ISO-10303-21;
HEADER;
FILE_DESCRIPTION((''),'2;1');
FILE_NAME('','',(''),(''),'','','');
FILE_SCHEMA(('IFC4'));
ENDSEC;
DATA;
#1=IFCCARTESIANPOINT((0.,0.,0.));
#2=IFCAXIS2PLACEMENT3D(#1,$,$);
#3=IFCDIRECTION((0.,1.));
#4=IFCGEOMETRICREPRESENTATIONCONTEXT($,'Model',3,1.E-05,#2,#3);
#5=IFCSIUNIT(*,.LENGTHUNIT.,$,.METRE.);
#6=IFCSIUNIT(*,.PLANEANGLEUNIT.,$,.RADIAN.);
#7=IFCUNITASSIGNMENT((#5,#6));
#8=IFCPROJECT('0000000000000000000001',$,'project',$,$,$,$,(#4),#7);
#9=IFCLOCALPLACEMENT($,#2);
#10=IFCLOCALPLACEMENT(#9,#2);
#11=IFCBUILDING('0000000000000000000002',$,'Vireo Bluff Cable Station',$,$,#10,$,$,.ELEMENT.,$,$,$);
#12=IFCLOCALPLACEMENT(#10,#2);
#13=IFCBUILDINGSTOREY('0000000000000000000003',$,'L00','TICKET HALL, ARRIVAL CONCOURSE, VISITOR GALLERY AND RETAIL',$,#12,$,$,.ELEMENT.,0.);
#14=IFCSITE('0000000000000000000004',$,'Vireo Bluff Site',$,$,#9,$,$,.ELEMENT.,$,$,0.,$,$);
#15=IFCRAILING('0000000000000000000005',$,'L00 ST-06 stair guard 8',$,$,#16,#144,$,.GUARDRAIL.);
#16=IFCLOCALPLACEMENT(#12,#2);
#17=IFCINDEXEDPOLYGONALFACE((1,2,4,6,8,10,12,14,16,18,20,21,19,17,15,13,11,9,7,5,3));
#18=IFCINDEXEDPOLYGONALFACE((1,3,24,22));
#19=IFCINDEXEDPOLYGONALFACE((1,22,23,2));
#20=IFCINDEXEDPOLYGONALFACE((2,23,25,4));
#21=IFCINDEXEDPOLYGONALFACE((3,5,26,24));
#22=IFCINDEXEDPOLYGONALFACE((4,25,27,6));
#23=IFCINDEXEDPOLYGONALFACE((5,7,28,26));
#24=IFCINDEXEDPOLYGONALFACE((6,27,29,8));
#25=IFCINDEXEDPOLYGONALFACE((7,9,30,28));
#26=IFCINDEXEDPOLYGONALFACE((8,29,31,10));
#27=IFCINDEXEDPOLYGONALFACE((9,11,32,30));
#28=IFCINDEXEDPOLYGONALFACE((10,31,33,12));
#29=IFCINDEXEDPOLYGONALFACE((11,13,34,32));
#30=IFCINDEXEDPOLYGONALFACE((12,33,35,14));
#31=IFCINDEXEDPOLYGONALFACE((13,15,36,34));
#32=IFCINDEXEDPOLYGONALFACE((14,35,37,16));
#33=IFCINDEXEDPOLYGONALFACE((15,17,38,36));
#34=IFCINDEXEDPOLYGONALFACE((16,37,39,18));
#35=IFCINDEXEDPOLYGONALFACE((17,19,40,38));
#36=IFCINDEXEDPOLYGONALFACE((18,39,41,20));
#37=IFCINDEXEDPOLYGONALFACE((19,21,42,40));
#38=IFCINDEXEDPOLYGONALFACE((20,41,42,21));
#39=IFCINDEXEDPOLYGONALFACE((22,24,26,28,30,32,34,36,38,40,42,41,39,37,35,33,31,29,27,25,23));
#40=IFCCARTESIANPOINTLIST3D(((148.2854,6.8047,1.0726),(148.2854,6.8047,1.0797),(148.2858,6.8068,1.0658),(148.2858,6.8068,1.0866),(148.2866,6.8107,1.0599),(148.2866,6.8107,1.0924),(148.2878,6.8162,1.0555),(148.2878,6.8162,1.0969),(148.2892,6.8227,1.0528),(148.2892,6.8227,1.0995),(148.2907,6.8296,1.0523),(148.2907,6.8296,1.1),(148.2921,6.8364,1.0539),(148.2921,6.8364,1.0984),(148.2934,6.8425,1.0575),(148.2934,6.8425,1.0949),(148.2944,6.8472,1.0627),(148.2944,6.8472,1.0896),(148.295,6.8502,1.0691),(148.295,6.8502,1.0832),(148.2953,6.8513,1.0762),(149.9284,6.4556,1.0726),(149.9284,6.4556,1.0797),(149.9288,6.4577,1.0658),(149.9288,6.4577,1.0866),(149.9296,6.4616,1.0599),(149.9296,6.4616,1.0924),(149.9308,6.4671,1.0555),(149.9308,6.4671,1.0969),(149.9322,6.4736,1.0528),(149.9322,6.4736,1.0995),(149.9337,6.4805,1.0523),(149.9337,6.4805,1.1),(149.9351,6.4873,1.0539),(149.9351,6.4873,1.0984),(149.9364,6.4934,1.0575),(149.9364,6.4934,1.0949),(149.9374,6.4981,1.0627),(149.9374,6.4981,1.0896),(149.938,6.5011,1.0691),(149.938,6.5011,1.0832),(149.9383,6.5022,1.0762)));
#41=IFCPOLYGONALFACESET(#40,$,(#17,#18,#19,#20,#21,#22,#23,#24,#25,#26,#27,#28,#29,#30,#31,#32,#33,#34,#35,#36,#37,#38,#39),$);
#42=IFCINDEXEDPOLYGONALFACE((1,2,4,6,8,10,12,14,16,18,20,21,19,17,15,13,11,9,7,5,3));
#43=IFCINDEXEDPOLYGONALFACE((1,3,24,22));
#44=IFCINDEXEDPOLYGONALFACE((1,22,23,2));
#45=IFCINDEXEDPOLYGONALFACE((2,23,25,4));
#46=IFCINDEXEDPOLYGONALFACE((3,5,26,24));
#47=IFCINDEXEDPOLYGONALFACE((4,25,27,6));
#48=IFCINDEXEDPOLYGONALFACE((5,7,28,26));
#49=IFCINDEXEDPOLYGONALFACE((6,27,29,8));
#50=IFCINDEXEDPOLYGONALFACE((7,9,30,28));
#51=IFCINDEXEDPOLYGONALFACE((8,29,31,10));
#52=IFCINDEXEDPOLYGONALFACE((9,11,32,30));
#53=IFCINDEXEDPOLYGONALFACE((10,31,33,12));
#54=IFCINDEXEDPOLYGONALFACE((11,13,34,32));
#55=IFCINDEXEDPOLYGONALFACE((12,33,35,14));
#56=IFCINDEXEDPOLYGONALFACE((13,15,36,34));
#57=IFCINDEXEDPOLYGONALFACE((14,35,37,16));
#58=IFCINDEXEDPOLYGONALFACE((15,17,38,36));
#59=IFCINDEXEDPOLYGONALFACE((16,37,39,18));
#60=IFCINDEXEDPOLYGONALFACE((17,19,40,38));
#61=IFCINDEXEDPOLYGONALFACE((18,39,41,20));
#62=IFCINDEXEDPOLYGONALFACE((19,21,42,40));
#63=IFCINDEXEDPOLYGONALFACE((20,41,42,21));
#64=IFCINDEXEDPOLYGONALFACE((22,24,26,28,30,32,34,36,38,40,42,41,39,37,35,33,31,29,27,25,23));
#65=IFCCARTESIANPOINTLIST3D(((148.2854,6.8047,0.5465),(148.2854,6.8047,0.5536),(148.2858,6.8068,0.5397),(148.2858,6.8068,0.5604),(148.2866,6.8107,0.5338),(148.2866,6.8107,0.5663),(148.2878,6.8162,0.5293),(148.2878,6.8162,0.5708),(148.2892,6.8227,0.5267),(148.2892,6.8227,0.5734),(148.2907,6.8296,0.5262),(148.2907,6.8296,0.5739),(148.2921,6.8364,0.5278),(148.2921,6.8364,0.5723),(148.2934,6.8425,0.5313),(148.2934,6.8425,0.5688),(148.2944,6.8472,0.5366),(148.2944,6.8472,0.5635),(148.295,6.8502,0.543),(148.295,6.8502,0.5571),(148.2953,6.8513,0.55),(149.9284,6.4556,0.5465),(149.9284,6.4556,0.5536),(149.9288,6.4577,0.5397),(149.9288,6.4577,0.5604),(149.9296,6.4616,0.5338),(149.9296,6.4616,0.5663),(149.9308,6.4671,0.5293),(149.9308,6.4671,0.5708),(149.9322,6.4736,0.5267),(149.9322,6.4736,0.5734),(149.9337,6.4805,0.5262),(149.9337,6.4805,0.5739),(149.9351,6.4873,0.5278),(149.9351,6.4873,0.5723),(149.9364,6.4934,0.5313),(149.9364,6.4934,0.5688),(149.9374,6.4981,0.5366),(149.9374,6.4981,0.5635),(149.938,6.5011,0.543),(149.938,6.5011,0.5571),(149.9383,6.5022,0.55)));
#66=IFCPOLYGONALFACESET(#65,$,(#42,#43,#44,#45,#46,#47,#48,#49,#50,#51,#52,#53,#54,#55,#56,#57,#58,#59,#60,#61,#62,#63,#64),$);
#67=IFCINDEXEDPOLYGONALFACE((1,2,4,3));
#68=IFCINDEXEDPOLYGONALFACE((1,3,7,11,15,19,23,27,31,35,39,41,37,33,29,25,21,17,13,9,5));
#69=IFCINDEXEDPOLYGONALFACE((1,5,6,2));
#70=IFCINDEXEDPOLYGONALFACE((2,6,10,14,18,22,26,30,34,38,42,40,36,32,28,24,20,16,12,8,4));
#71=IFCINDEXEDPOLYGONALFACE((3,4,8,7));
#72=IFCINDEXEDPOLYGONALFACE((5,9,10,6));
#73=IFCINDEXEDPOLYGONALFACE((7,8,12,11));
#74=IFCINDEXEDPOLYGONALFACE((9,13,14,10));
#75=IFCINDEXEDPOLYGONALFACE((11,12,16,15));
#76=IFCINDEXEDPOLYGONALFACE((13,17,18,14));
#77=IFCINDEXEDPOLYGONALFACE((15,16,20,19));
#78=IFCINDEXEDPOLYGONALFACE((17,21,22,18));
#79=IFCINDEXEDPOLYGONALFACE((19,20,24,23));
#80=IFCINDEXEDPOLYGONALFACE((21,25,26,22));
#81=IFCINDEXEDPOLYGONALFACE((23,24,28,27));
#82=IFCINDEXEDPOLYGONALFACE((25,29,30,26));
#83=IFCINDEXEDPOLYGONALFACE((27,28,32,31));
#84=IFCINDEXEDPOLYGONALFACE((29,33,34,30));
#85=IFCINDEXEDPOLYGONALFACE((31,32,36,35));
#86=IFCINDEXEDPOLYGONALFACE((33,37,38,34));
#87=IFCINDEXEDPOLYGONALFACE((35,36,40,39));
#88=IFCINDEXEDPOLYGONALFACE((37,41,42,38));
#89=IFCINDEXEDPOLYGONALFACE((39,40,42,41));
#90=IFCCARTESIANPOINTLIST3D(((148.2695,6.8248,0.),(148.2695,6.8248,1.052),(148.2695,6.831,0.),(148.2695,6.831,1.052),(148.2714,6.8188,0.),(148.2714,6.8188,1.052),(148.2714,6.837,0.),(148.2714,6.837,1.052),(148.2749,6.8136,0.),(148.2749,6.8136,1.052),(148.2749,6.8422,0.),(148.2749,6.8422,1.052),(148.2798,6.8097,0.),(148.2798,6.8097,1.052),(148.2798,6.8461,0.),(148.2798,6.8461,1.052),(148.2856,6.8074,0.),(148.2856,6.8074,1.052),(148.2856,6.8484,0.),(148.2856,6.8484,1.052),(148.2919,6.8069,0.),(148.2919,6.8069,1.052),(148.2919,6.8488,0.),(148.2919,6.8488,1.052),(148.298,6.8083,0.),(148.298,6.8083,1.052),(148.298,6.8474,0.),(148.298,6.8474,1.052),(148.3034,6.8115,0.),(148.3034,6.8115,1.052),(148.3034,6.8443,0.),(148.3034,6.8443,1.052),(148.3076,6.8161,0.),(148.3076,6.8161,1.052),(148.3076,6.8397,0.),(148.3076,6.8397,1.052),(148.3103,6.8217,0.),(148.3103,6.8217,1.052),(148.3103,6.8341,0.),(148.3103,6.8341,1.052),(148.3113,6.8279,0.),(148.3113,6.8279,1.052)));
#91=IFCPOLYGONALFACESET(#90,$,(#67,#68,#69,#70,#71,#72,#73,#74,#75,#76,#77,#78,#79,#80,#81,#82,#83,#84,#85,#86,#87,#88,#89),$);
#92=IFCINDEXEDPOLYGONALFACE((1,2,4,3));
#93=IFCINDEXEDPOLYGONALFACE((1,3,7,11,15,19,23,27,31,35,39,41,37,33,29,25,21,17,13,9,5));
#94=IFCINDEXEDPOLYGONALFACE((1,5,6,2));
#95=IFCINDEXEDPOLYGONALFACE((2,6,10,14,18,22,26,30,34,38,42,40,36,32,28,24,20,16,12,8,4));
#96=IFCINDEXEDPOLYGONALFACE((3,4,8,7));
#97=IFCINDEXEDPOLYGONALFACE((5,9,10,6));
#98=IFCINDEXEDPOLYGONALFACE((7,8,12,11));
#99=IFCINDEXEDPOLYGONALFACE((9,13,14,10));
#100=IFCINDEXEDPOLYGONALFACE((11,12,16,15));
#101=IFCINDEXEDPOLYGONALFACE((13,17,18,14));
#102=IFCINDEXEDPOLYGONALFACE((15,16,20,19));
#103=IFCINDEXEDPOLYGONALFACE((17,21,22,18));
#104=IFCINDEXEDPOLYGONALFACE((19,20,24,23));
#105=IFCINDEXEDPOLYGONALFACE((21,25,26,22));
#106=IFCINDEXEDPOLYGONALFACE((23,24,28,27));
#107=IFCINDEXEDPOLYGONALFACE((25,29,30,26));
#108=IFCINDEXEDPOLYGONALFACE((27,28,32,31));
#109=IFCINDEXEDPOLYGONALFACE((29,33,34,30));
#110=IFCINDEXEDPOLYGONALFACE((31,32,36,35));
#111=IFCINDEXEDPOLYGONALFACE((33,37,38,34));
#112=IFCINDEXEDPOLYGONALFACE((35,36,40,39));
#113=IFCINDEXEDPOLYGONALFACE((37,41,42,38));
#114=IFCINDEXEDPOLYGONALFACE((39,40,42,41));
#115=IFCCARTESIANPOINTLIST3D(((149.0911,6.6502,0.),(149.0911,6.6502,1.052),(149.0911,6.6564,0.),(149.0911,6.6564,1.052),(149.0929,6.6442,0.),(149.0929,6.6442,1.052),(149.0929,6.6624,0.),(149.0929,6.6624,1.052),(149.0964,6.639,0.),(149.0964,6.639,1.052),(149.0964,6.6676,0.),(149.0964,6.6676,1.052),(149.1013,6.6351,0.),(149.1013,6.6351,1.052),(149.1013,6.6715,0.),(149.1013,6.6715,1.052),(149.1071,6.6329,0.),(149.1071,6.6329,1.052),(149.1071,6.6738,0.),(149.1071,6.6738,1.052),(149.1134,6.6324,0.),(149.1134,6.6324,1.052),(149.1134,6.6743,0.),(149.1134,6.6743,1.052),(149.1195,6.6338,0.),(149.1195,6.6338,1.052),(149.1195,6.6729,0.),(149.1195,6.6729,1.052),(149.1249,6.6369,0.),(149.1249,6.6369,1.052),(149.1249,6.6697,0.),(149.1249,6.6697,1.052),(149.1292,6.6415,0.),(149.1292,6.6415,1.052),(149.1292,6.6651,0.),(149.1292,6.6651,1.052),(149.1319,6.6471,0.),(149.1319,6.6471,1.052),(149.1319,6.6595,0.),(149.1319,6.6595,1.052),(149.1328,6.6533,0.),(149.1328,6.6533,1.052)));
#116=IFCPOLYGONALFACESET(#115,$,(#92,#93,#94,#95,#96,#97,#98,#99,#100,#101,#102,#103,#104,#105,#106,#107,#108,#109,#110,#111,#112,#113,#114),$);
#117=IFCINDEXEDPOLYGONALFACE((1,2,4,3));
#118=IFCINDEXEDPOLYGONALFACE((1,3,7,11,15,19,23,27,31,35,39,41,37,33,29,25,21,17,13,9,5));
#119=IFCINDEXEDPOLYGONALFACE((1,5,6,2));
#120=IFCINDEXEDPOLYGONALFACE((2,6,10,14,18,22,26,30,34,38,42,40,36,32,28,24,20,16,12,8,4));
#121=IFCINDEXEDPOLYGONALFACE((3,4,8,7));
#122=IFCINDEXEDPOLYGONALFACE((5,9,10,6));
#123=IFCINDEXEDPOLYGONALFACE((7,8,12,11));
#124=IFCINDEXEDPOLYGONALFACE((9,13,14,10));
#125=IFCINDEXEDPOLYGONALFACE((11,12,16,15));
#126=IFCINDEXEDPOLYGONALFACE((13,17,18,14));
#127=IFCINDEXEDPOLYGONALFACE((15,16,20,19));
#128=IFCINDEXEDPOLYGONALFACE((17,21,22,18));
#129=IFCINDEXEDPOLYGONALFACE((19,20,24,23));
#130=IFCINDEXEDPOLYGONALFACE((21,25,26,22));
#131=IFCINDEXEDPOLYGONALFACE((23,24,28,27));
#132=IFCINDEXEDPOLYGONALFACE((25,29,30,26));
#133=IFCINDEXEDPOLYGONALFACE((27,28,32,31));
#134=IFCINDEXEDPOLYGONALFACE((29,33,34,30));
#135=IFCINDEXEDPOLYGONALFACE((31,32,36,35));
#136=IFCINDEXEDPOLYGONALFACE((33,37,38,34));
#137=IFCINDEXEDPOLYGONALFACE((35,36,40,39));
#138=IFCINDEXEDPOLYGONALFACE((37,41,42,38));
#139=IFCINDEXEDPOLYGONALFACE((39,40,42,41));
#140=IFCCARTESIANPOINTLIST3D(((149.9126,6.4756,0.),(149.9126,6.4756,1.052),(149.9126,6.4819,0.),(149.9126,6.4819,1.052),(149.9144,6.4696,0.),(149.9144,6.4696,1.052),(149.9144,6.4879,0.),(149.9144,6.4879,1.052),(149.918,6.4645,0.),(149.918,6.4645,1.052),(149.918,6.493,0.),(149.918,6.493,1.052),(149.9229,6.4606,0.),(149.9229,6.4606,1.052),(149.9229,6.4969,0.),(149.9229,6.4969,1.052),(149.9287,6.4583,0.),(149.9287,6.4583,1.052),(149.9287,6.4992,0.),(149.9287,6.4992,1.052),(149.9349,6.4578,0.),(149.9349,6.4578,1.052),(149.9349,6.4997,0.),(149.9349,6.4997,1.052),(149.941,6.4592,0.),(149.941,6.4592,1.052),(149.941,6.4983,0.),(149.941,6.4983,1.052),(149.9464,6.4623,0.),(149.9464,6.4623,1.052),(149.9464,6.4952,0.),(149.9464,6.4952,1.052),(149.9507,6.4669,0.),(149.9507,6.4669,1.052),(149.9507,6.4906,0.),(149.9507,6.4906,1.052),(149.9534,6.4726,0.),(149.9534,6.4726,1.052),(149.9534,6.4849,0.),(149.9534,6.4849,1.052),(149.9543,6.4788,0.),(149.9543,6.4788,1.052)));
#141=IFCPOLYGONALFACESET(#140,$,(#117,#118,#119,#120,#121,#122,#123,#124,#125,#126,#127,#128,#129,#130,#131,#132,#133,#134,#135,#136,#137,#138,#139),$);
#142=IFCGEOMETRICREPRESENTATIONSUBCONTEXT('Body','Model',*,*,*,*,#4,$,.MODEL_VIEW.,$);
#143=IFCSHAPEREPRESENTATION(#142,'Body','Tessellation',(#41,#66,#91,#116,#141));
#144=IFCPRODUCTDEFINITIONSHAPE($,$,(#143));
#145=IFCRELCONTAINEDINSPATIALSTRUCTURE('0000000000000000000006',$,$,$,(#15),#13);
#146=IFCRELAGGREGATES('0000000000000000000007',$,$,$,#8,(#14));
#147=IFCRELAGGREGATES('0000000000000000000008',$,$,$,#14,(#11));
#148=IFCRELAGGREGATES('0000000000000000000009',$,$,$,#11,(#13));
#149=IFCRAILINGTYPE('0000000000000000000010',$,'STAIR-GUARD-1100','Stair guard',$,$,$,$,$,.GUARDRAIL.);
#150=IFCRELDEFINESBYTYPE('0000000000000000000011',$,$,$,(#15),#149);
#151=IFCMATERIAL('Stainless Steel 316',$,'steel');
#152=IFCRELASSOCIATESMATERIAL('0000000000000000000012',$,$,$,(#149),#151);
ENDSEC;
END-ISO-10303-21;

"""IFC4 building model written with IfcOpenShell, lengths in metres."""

from ifc_helpers import new_model, si_unit, direction, frame, origin, origin_2d, place, context, subcontext, project, spatial, circle, extrude, material, type_object, element, save


model = new_model("IFC4")

# Units and contexts
model_context = context("Model", 3, precision=1e-05, world=origin(), true_north=direction((0.0, 1.0)))
body_context = subcontext(model_context, "Body", "Model", "MODEL_VIEW")
ifc_project = project(units=[si_unit("LENGTHUNIT", "METRE"), si_unit("PLANEANGLEUNIT", "RADIAN")], contexts=[model_context])

# Site, building, storey
site_placement = place(None, origin())
site = spatial("IfcSite", under=ifc_project, at=site_placement, Name="Vireo Bluff Site", CompositionType="ELEMENT", RefElevation=0.0)
building_placement = place(site_placement, origin())
building = spatial("IfcBuilding", under=site, at=building_placement, Name="Vireo Bluff Cable Station", CompositionType="ELEMENT")
storey_placement = place(building_placement, origin())
storey = spatial("IfcBuildingStorey", under=building, at=storey_placement, Name="L00", Description="TICKET HALL, ARRIVAL CONCOURSE, VISITOR GALLERY AND RETAIL", CompositionType="ELEMENT", Elevation=0.0)

# Railing
ifc_material_1 = material(Name="Stainless Steel 316", Category="steel")
railing_type = type_object("IfcRailingType", Name="STAIR-GUARD-1100", Description="Stair guard", PredefinedType="GUARDRAIL", material=ifc_material_1)
railing_1_placement = place(storey_placement, frame((148.2903, 6.8279, 0.0)))
element("IfcRailing", 1, at=railing_1_placement, inside=storey, type_object=railing_type, Name="L00 ST-06 stair guard 8", PredefinedType="GUARDRAIL", context=body_context, shape_type="SweptSolid", body=[
    extrude(circle(Radius=0.0239, at=origin_2d()), frame((0.0, 0.0, 1.0762), z_axis=(0.978163, -0.207841, 0.0), x_axis=(0.207841, 0.978163, 0.0)), (0.0, 0.0, 1.0), 1.6797),
    extrude(circle(Radius=0.0239, at=origin_2d()), frame((0.0, 0.0, 0.55), z_axis=(0.978163, -0.207841, 0.0), x_axis=(0.207841, 0.978163, 0.0)), (0.0, 0.0, 1.0), 1.6797),
    extrude(circle(Radius=0.021, at=origin_2d()), origin(), (0.0, 0.0, 1.0), 1.052),
    extrude(circle(Radius=0.021, at=origin_2d()), frame((0.8215, -0.1746, 0.0)), (0.0, 0.0, 1.0), 1.052),
    extrude(circle(Radius=0.021, at=origin_2d()), frame((1.6431, -0.3491, 0.0)), (0.0, 0.0, 1.0), 1.052),
])

save(model, "model.ifc")
